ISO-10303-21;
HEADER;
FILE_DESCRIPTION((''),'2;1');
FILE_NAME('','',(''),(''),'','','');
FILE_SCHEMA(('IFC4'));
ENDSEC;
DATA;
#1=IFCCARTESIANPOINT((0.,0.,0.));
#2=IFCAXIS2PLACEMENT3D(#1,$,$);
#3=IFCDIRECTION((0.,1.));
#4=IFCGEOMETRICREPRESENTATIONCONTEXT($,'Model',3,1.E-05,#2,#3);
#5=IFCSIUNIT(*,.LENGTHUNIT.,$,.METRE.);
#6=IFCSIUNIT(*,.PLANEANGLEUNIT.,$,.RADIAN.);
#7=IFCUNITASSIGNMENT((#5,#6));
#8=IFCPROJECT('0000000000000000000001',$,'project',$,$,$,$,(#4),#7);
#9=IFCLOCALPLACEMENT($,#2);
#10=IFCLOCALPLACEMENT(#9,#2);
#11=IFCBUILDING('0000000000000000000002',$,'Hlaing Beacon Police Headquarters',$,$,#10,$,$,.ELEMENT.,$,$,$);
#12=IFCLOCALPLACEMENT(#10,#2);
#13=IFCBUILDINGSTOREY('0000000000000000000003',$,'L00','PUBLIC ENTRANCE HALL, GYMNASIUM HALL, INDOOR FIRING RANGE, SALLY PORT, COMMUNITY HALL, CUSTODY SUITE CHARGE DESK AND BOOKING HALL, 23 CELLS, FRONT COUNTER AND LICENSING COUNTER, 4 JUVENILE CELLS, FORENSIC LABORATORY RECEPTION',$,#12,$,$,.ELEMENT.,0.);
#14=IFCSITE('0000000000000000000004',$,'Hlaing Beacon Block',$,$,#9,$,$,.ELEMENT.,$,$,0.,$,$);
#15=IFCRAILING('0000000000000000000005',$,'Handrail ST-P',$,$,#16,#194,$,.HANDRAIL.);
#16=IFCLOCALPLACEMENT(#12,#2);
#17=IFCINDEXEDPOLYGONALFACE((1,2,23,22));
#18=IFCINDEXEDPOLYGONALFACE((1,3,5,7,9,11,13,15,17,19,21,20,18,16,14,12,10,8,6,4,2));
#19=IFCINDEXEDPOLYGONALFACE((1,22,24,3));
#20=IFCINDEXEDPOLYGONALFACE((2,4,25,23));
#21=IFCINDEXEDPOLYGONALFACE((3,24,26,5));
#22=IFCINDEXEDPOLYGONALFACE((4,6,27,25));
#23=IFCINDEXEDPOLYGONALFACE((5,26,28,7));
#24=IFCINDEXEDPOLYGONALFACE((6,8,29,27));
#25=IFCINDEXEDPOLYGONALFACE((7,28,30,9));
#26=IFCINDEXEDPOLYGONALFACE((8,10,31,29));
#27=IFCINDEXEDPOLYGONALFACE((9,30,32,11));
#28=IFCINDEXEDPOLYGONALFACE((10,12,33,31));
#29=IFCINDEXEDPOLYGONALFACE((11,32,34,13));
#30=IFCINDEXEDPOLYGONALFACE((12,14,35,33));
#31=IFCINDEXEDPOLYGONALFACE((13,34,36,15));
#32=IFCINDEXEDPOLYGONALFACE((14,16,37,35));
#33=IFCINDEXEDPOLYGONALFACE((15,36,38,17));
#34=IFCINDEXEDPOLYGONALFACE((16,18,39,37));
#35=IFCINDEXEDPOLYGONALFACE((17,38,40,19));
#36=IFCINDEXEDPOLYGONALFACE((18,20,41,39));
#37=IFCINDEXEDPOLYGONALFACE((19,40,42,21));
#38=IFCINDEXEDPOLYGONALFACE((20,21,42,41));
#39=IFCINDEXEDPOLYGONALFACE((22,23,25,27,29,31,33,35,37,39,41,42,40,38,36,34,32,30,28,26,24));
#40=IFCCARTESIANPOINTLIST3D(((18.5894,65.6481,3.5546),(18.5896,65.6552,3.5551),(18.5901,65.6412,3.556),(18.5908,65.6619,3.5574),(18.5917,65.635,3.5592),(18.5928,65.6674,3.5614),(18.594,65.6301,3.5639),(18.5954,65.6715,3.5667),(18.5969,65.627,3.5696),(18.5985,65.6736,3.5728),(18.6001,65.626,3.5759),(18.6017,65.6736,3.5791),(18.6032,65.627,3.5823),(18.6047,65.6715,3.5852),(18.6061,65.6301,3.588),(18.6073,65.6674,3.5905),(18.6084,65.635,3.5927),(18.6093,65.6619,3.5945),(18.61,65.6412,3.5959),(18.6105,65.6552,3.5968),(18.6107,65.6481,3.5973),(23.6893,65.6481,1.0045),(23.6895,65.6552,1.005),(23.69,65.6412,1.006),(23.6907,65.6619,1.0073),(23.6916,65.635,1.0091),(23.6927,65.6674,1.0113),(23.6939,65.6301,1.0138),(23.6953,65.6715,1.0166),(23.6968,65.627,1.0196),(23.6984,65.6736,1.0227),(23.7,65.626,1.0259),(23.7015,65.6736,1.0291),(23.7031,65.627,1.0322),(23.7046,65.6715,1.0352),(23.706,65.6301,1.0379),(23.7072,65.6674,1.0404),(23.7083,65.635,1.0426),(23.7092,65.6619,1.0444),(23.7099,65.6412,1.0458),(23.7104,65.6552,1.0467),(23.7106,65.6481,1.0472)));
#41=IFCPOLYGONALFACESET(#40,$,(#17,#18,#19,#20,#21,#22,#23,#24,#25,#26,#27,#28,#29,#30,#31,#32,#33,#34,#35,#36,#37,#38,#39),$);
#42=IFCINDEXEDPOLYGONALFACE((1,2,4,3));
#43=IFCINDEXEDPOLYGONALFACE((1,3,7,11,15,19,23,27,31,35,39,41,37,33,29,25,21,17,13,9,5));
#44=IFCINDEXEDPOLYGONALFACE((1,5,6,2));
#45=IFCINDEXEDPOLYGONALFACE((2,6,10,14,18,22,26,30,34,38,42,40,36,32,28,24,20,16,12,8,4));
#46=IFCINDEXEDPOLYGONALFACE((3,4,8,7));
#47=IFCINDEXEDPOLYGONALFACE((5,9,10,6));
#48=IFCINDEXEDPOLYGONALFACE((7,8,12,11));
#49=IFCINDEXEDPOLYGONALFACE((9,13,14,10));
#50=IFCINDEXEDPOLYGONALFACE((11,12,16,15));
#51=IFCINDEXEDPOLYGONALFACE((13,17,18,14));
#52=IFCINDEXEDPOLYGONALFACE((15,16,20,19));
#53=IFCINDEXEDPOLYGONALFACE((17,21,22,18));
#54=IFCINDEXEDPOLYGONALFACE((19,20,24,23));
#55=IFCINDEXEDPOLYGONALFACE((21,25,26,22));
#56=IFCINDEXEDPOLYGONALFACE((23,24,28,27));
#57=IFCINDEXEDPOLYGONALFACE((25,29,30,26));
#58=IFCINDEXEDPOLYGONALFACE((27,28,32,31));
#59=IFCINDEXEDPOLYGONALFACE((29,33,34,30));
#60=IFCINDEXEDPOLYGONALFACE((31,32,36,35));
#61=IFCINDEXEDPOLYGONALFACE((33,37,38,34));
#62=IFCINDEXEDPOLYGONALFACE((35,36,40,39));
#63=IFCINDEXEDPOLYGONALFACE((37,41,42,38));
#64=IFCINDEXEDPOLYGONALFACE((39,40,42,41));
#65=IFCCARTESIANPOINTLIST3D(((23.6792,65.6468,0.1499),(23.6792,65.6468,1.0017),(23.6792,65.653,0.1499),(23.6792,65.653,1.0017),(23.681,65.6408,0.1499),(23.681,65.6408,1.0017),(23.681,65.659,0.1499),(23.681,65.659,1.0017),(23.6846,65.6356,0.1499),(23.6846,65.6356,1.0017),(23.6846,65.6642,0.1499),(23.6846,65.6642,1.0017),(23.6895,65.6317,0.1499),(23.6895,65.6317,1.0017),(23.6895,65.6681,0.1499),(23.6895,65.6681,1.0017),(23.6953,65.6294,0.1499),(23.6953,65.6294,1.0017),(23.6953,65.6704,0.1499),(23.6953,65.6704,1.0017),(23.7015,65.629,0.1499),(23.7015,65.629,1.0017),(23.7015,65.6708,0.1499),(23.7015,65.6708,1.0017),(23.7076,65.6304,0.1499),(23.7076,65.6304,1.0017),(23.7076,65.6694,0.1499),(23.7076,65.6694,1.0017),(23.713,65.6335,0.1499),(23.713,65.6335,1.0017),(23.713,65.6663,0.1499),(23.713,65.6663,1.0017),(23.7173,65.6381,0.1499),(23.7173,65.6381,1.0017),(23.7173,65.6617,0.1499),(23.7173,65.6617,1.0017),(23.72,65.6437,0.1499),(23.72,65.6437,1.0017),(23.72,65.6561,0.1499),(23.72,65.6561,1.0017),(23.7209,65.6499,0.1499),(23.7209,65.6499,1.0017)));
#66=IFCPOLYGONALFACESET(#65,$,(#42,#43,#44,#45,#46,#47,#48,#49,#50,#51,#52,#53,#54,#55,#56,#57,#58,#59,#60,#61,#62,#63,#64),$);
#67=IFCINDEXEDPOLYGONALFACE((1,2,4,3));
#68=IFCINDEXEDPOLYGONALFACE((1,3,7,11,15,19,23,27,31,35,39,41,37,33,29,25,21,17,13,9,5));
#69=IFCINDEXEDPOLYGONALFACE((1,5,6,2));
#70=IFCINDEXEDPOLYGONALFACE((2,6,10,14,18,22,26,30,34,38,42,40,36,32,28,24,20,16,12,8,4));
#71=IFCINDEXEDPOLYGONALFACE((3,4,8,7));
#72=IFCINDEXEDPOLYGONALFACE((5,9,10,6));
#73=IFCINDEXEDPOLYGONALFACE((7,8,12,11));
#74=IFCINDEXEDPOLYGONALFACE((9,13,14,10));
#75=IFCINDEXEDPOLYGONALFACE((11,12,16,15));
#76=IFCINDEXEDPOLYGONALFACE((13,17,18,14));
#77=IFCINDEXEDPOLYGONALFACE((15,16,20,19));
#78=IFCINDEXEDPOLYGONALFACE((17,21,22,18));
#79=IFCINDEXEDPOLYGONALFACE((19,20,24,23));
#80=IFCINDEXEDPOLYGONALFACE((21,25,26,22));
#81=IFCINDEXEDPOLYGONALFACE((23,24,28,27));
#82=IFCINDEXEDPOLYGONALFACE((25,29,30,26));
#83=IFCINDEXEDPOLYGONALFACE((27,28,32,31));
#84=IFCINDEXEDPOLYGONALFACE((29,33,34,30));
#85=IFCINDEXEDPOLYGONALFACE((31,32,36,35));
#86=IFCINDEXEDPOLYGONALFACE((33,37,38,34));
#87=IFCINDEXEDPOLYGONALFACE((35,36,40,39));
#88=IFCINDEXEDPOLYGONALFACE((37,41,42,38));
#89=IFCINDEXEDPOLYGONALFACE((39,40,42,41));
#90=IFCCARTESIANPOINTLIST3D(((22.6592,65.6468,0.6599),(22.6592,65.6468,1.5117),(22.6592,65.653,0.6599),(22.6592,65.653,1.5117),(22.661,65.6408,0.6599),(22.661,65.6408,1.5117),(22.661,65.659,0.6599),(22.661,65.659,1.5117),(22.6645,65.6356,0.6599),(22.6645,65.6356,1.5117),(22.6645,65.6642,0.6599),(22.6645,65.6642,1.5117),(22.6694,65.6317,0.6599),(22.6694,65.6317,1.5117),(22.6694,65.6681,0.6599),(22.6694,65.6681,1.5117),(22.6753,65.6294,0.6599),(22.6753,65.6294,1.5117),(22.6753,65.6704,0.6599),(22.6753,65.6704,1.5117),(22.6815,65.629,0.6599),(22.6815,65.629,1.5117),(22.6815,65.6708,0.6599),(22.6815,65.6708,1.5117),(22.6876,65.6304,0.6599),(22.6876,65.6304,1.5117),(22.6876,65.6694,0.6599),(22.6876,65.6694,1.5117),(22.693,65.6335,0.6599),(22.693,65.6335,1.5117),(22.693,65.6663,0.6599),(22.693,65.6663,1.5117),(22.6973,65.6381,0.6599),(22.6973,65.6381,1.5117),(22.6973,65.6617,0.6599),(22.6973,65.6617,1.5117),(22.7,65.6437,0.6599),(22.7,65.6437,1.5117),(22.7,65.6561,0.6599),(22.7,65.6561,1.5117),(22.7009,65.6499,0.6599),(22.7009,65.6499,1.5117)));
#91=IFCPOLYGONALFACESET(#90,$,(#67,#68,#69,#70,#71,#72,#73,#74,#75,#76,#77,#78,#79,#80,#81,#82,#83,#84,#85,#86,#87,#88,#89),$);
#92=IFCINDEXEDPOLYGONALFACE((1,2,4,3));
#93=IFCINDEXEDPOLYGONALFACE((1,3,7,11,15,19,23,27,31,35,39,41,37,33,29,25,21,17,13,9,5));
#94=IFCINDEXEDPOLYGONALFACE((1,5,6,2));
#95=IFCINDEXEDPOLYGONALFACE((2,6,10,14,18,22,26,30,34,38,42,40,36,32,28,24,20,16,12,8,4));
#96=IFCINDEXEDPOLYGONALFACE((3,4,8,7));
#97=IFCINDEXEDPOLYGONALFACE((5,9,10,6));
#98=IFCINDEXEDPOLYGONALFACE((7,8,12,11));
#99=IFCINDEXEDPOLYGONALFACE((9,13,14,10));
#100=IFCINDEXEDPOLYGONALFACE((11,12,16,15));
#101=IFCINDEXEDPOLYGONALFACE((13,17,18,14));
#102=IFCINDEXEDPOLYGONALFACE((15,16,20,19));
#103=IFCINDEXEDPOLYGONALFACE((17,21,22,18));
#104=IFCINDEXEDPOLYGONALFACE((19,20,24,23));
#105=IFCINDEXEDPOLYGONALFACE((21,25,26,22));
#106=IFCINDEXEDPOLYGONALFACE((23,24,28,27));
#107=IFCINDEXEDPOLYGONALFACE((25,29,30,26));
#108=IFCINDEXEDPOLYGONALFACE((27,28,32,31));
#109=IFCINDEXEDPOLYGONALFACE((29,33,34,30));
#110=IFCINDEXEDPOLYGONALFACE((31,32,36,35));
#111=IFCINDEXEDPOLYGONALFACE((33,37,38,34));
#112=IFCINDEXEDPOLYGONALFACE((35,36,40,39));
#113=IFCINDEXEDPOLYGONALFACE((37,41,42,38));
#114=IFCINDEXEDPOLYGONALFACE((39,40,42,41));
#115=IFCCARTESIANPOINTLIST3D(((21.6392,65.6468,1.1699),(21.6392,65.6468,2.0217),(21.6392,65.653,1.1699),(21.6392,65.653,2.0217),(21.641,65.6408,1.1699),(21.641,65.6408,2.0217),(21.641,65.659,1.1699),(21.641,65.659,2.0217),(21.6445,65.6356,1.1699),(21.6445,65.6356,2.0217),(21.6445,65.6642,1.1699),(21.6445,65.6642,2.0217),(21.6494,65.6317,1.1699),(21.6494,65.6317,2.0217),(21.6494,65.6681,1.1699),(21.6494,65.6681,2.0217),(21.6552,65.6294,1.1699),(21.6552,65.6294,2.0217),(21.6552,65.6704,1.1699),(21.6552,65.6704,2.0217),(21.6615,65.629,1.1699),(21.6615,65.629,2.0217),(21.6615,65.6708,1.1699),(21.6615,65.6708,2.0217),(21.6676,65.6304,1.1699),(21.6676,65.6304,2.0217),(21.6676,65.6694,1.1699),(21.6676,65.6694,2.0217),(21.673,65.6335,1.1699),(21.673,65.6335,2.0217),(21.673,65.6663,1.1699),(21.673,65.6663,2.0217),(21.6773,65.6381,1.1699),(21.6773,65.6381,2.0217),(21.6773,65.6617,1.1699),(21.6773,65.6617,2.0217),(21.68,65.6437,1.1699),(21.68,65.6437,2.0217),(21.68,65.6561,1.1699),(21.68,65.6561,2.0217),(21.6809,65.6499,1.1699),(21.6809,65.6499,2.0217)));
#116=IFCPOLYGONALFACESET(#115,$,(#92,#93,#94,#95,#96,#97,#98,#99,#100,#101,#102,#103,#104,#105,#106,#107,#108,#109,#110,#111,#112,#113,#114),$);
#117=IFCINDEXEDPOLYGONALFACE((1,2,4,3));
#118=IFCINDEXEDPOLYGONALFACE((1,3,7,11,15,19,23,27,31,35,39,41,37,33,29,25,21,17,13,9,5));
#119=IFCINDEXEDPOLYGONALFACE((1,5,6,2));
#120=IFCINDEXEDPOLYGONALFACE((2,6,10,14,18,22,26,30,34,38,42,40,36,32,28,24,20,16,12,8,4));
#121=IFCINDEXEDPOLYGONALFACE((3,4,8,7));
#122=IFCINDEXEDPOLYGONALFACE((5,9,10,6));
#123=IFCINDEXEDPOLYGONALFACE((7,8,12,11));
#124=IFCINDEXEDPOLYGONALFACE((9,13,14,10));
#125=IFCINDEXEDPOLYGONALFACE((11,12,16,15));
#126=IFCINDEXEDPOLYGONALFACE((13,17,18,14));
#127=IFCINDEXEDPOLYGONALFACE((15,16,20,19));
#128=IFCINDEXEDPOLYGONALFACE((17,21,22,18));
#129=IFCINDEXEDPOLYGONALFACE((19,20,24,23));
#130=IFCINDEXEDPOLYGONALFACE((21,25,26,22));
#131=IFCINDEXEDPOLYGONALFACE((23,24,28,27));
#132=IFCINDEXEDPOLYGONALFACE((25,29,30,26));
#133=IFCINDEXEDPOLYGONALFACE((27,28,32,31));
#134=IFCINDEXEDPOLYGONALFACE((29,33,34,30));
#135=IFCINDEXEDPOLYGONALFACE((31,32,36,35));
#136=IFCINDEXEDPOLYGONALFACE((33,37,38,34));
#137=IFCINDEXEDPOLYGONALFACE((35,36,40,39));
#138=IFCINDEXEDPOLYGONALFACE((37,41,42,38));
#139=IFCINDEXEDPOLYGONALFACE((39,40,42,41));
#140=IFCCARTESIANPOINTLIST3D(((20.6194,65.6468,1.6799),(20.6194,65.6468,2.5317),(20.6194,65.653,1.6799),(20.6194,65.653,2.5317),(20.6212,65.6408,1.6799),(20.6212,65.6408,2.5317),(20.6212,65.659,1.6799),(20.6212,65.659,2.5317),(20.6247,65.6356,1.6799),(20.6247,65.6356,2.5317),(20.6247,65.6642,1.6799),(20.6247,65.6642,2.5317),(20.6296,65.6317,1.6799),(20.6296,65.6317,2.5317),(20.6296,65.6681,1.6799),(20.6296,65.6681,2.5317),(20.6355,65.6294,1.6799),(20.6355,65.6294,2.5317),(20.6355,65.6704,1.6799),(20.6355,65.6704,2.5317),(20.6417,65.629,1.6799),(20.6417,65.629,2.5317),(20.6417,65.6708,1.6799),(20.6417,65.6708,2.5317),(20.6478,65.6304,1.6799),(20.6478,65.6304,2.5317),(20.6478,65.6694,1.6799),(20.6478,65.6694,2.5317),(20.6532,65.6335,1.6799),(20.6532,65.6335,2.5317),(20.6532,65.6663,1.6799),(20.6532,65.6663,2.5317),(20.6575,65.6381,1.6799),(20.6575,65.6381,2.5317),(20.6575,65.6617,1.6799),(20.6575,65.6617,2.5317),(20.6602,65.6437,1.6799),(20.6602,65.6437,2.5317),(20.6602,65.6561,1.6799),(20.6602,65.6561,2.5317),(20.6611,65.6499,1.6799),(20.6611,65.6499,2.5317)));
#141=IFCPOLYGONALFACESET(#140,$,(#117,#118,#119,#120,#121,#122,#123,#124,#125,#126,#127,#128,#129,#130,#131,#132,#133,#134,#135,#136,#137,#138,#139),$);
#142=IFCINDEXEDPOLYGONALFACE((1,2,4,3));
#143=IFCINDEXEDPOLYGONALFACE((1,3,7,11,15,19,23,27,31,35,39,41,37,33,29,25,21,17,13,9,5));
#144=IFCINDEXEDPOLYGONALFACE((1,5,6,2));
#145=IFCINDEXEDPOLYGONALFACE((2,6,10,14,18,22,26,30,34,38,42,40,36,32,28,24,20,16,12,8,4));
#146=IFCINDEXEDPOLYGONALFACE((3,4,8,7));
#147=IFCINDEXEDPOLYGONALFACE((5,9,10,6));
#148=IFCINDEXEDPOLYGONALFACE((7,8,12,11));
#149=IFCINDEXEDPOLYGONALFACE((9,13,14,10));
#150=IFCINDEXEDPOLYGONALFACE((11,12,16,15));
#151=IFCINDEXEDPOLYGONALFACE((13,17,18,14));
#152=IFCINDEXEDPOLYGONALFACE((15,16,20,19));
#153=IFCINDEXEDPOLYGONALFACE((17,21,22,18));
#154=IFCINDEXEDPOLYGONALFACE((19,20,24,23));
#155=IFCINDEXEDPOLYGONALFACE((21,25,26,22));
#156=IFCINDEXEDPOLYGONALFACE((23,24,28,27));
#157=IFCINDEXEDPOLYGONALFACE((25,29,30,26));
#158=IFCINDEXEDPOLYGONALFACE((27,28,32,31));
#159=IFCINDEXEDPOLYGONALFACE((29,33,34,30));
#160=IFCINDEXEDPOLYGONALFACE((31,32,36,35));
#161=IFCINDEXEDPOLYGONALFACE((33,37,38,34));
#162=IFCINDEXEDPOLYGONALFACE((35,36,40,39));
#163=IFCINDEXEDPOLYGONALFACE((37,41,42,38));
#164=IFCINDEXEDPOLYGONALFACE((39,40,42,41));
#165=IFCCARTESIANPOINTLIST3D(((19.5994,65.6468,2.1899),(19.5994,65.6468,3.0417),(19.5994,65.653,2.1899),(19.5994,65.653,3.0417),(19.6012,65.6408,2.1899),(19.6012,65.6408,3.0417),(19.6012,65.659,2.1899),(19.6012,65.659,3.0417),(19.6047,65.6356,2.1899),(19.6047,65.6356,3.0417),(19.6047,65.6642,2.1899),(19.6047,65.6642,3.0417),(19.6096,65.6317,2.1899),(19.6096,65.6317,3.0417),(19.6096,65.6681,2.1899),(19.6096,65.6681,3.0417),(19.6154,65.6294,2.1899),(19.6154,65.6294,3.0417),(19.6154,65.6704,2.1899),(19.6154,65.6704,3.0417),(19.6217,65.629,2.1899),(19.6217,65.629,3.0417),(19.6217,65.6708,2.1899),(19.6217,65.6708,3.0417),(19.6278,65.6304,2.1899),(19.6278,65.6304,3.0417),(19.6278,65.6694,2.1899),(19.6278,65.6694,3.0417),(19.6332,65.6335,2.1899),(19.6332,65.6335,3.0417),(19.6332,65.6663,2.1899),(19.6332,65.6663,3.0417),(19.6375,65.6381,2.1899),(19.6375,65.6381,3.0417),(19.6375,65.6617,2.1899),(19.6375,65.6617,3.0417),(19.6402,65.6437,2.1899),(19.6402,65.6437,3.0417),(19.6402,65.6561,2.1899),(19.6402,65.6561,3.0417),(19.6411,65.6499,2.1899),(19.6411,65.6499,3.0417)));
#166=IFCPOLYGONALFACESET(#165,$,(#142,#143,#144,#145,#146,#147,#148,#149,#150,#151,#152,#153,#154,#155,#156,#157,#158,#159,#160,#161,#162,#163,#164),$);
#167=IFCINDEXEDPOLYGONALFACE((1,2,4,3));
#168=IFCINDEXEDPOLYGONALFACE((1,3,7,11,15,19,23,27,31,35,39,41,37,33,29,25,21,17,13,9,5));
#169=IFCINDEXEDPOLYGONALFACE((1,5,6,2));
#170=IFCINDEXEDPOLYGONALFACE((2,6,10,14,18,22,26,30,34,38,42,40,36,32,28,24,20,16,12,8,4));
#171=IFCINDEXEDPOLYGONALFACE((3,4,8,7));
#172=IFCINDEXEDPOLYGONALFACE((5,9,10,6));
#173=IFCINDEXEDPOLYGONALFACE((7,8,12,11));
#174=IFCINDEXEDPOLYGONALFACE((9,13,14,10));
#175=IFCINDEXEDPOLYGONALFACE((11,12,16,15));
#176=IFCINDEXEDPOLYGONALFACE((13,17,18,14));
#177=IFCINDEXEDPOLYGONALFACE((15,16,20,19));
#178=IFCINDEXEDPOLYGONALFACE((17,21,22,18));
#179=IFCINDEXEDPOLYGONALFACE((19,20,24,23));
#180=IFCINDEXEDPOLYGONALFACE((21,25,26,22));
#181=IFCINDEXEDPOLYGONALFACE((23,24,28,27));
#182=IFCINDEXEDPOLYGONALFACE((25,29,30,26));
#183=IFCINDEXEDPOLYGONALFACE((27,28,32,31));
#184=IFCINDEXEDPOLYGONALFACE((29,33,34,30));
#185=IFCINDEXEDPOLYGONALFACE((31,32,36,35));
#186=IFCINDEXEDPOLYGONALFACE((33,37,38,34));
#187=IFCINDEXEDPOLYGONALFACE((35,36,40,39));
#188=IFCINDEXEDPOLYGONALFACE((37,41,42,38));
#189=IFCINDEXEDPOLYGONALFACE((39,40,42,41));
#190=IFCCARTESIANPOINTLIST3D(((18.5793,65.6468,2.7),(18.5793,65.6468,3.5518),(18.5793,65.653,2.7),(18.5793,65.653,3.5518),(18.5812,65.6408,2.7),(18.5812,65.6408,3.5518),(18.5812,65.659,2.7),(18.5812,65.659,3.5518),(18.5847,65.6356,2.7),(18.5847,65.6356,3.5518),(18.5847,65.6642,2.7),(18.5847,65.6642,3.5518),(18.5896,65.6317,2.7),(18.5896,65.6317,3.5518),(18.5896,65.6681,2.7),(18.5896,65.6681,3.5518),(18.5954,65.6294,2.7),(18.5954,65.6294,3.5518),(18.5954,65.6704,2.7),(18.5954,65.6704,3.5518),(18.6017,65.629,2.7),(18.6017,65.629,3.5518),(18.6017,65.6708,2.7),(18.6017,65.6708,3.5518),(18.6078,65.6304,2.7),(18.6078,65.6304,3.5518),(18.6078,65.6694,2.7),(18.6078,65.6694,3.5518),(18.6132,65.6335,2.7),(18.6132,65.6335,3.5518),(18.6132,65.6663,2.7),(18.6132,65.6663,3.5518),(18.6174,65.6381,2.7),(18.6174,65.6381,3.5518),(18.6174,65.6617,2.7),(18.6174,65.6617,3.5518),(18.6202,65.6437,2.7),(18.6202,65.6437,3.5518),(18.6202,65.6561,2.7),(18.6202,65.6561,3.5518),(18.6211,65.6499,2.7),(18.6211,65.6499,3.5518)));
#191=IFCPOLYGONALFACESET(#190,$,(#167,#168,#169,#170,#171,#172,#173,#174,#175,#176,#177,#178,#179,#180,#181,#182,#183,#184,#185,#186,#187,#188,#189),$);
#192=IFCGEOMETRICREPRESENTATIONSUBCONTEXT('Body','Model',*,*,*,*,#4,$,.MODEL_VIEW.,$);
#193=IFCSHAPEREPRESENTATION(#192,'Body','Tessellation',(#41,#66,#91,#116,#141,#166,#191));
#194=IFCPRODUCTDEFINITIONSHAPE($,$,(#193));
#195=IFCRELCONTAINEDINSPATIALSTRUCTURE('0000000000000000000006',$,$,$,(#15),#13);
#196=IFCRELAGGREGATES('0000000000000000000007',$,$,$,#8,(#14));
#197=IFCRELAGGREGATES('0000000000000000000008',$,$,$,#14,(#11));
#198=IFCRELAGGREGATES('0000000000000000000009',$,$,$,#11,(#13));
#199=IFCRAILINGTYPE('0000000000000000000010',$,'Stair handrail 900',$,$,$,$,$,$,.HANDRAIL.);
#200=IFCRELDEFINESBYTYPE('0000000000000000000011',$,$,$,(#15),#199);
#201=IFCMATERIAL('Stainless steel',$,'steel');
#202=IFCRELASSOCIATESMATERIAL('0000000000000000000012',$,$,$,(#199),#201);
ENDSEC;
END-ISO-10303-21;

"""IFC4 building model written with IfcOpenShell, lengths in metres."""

from ifc_helpers import new_model, si_unit, direction, frame, origin, origin_2d, place, context, subcontext, project, spatial, circle, extrude, material, type_object, element, save


model = new_model("IFC4")

# Units and contexts
model_context = context("Model", 3, precision=1e-05, world=origin(), true_north=direction((0.0, 1.0)))
body_context = subcontext(model_context, "Body", "Model", "MODEL_VIEW")
ifc_project = project(units=[si_unit("LENGTHUNIT", "METRE"), si_unit("PLANEANGLEUNIT", "RADIAN")], contexts=[model_context])

# Site, building, storey
site_placement = place(None, origin())
site = spatial("IfcSite", under=ifc_project, at=site_placement, Name="Hlaing Beacon Block", CompositionType="ELEMENT", RefElevation=0.0)
building_placement = place(site_placement, origin())
building = spatial("IfcBuilding", under=site, at=building_placement, Name="Hlaing Beacon Police Headquarters", CompositionType="ELEMENT")
storey_placement = place(building_placement, origin())
storey = spatial("IfcBuildingStorey", under=building, at=storey_placement, Name="L00", Description="PUBLIC ENTRANCE HALL, GYMNASIUM HALL, INDOOR FIRING RANGE, SALLY PORT, COMMUNITY HALL, CUSTODY SUITE CHARGE DESK AND BOOKING HALL, 23 CELLS, FRONT COUNTER AND LICENSING COUNTER, 4 JUVENILE CELLS, FORENSIC LABORATORY RECEPTION", CompositionType="ELEMENT", Elevation=0.0)

# Railing
ifc_material_1 = material(Name="Stainless steel", Category="steel")
railing_type_1 = type_object("IfcRailingType", Name="Stair handrail 900", PredefinedType="HANDRAIL", material=ifc_material_1)
for number, where, name in (
    (1, (23.7, 65.6499, 0.1499), "Handrail ST-P"),
):
    element("IfcRailing", number, at=place(storey_placement, frame(where)), inside=storey, type_object=railing_type_1, Name=name, PredefinedType="HANDRAIL", context=body_context, shape_type="SweptSolid", body=[
        extrude(circle(Radius=0.0239, at=origin_2d()), frame((0.0, 0.0, 0.876), z_axis=(-0.894419, 0.0, 0.447231), x_axis=(0.0, -1.0, 0.0)), (0.0, 0.0, 1.0), 5.7019),
        extrude(circle(Radius=0.021, at=origin_2d()), origin(), (0.0, 0.0, 1.0), 0.8518),
        extrude(circle(Radius=0.021, at=origin_2d()), frame((-1.02, 0.0, 0.51)), (0.0, 0.0, 1.0), 0.8518),
        extrude(circle(Radius=0.021, at=origin_2d()), frame((-2.04, 0.0, 1.02)), (0.0, 0.0, 1.0), 0.8518),
        extrude(circle(Radius=0.021, at=origin_2d()), frame((-3.0598, 0.0, 1.53)), (0.0, 0.0, 1.0), 0.8518),
        extrude(circle(Radius=0.021, at=origin_2d()), frame((-4.0798, 0.0, 2.04)), (0.0, 0.0, 1.0), 0.8518),
        extrude(circle(Radius=0.021, at=origin_2d()), frame((-5.0999, 0.0, 2.55)), (0.0, 0.0, 1.0), 0.8518),
    ])

save(model, "model.ifc")
